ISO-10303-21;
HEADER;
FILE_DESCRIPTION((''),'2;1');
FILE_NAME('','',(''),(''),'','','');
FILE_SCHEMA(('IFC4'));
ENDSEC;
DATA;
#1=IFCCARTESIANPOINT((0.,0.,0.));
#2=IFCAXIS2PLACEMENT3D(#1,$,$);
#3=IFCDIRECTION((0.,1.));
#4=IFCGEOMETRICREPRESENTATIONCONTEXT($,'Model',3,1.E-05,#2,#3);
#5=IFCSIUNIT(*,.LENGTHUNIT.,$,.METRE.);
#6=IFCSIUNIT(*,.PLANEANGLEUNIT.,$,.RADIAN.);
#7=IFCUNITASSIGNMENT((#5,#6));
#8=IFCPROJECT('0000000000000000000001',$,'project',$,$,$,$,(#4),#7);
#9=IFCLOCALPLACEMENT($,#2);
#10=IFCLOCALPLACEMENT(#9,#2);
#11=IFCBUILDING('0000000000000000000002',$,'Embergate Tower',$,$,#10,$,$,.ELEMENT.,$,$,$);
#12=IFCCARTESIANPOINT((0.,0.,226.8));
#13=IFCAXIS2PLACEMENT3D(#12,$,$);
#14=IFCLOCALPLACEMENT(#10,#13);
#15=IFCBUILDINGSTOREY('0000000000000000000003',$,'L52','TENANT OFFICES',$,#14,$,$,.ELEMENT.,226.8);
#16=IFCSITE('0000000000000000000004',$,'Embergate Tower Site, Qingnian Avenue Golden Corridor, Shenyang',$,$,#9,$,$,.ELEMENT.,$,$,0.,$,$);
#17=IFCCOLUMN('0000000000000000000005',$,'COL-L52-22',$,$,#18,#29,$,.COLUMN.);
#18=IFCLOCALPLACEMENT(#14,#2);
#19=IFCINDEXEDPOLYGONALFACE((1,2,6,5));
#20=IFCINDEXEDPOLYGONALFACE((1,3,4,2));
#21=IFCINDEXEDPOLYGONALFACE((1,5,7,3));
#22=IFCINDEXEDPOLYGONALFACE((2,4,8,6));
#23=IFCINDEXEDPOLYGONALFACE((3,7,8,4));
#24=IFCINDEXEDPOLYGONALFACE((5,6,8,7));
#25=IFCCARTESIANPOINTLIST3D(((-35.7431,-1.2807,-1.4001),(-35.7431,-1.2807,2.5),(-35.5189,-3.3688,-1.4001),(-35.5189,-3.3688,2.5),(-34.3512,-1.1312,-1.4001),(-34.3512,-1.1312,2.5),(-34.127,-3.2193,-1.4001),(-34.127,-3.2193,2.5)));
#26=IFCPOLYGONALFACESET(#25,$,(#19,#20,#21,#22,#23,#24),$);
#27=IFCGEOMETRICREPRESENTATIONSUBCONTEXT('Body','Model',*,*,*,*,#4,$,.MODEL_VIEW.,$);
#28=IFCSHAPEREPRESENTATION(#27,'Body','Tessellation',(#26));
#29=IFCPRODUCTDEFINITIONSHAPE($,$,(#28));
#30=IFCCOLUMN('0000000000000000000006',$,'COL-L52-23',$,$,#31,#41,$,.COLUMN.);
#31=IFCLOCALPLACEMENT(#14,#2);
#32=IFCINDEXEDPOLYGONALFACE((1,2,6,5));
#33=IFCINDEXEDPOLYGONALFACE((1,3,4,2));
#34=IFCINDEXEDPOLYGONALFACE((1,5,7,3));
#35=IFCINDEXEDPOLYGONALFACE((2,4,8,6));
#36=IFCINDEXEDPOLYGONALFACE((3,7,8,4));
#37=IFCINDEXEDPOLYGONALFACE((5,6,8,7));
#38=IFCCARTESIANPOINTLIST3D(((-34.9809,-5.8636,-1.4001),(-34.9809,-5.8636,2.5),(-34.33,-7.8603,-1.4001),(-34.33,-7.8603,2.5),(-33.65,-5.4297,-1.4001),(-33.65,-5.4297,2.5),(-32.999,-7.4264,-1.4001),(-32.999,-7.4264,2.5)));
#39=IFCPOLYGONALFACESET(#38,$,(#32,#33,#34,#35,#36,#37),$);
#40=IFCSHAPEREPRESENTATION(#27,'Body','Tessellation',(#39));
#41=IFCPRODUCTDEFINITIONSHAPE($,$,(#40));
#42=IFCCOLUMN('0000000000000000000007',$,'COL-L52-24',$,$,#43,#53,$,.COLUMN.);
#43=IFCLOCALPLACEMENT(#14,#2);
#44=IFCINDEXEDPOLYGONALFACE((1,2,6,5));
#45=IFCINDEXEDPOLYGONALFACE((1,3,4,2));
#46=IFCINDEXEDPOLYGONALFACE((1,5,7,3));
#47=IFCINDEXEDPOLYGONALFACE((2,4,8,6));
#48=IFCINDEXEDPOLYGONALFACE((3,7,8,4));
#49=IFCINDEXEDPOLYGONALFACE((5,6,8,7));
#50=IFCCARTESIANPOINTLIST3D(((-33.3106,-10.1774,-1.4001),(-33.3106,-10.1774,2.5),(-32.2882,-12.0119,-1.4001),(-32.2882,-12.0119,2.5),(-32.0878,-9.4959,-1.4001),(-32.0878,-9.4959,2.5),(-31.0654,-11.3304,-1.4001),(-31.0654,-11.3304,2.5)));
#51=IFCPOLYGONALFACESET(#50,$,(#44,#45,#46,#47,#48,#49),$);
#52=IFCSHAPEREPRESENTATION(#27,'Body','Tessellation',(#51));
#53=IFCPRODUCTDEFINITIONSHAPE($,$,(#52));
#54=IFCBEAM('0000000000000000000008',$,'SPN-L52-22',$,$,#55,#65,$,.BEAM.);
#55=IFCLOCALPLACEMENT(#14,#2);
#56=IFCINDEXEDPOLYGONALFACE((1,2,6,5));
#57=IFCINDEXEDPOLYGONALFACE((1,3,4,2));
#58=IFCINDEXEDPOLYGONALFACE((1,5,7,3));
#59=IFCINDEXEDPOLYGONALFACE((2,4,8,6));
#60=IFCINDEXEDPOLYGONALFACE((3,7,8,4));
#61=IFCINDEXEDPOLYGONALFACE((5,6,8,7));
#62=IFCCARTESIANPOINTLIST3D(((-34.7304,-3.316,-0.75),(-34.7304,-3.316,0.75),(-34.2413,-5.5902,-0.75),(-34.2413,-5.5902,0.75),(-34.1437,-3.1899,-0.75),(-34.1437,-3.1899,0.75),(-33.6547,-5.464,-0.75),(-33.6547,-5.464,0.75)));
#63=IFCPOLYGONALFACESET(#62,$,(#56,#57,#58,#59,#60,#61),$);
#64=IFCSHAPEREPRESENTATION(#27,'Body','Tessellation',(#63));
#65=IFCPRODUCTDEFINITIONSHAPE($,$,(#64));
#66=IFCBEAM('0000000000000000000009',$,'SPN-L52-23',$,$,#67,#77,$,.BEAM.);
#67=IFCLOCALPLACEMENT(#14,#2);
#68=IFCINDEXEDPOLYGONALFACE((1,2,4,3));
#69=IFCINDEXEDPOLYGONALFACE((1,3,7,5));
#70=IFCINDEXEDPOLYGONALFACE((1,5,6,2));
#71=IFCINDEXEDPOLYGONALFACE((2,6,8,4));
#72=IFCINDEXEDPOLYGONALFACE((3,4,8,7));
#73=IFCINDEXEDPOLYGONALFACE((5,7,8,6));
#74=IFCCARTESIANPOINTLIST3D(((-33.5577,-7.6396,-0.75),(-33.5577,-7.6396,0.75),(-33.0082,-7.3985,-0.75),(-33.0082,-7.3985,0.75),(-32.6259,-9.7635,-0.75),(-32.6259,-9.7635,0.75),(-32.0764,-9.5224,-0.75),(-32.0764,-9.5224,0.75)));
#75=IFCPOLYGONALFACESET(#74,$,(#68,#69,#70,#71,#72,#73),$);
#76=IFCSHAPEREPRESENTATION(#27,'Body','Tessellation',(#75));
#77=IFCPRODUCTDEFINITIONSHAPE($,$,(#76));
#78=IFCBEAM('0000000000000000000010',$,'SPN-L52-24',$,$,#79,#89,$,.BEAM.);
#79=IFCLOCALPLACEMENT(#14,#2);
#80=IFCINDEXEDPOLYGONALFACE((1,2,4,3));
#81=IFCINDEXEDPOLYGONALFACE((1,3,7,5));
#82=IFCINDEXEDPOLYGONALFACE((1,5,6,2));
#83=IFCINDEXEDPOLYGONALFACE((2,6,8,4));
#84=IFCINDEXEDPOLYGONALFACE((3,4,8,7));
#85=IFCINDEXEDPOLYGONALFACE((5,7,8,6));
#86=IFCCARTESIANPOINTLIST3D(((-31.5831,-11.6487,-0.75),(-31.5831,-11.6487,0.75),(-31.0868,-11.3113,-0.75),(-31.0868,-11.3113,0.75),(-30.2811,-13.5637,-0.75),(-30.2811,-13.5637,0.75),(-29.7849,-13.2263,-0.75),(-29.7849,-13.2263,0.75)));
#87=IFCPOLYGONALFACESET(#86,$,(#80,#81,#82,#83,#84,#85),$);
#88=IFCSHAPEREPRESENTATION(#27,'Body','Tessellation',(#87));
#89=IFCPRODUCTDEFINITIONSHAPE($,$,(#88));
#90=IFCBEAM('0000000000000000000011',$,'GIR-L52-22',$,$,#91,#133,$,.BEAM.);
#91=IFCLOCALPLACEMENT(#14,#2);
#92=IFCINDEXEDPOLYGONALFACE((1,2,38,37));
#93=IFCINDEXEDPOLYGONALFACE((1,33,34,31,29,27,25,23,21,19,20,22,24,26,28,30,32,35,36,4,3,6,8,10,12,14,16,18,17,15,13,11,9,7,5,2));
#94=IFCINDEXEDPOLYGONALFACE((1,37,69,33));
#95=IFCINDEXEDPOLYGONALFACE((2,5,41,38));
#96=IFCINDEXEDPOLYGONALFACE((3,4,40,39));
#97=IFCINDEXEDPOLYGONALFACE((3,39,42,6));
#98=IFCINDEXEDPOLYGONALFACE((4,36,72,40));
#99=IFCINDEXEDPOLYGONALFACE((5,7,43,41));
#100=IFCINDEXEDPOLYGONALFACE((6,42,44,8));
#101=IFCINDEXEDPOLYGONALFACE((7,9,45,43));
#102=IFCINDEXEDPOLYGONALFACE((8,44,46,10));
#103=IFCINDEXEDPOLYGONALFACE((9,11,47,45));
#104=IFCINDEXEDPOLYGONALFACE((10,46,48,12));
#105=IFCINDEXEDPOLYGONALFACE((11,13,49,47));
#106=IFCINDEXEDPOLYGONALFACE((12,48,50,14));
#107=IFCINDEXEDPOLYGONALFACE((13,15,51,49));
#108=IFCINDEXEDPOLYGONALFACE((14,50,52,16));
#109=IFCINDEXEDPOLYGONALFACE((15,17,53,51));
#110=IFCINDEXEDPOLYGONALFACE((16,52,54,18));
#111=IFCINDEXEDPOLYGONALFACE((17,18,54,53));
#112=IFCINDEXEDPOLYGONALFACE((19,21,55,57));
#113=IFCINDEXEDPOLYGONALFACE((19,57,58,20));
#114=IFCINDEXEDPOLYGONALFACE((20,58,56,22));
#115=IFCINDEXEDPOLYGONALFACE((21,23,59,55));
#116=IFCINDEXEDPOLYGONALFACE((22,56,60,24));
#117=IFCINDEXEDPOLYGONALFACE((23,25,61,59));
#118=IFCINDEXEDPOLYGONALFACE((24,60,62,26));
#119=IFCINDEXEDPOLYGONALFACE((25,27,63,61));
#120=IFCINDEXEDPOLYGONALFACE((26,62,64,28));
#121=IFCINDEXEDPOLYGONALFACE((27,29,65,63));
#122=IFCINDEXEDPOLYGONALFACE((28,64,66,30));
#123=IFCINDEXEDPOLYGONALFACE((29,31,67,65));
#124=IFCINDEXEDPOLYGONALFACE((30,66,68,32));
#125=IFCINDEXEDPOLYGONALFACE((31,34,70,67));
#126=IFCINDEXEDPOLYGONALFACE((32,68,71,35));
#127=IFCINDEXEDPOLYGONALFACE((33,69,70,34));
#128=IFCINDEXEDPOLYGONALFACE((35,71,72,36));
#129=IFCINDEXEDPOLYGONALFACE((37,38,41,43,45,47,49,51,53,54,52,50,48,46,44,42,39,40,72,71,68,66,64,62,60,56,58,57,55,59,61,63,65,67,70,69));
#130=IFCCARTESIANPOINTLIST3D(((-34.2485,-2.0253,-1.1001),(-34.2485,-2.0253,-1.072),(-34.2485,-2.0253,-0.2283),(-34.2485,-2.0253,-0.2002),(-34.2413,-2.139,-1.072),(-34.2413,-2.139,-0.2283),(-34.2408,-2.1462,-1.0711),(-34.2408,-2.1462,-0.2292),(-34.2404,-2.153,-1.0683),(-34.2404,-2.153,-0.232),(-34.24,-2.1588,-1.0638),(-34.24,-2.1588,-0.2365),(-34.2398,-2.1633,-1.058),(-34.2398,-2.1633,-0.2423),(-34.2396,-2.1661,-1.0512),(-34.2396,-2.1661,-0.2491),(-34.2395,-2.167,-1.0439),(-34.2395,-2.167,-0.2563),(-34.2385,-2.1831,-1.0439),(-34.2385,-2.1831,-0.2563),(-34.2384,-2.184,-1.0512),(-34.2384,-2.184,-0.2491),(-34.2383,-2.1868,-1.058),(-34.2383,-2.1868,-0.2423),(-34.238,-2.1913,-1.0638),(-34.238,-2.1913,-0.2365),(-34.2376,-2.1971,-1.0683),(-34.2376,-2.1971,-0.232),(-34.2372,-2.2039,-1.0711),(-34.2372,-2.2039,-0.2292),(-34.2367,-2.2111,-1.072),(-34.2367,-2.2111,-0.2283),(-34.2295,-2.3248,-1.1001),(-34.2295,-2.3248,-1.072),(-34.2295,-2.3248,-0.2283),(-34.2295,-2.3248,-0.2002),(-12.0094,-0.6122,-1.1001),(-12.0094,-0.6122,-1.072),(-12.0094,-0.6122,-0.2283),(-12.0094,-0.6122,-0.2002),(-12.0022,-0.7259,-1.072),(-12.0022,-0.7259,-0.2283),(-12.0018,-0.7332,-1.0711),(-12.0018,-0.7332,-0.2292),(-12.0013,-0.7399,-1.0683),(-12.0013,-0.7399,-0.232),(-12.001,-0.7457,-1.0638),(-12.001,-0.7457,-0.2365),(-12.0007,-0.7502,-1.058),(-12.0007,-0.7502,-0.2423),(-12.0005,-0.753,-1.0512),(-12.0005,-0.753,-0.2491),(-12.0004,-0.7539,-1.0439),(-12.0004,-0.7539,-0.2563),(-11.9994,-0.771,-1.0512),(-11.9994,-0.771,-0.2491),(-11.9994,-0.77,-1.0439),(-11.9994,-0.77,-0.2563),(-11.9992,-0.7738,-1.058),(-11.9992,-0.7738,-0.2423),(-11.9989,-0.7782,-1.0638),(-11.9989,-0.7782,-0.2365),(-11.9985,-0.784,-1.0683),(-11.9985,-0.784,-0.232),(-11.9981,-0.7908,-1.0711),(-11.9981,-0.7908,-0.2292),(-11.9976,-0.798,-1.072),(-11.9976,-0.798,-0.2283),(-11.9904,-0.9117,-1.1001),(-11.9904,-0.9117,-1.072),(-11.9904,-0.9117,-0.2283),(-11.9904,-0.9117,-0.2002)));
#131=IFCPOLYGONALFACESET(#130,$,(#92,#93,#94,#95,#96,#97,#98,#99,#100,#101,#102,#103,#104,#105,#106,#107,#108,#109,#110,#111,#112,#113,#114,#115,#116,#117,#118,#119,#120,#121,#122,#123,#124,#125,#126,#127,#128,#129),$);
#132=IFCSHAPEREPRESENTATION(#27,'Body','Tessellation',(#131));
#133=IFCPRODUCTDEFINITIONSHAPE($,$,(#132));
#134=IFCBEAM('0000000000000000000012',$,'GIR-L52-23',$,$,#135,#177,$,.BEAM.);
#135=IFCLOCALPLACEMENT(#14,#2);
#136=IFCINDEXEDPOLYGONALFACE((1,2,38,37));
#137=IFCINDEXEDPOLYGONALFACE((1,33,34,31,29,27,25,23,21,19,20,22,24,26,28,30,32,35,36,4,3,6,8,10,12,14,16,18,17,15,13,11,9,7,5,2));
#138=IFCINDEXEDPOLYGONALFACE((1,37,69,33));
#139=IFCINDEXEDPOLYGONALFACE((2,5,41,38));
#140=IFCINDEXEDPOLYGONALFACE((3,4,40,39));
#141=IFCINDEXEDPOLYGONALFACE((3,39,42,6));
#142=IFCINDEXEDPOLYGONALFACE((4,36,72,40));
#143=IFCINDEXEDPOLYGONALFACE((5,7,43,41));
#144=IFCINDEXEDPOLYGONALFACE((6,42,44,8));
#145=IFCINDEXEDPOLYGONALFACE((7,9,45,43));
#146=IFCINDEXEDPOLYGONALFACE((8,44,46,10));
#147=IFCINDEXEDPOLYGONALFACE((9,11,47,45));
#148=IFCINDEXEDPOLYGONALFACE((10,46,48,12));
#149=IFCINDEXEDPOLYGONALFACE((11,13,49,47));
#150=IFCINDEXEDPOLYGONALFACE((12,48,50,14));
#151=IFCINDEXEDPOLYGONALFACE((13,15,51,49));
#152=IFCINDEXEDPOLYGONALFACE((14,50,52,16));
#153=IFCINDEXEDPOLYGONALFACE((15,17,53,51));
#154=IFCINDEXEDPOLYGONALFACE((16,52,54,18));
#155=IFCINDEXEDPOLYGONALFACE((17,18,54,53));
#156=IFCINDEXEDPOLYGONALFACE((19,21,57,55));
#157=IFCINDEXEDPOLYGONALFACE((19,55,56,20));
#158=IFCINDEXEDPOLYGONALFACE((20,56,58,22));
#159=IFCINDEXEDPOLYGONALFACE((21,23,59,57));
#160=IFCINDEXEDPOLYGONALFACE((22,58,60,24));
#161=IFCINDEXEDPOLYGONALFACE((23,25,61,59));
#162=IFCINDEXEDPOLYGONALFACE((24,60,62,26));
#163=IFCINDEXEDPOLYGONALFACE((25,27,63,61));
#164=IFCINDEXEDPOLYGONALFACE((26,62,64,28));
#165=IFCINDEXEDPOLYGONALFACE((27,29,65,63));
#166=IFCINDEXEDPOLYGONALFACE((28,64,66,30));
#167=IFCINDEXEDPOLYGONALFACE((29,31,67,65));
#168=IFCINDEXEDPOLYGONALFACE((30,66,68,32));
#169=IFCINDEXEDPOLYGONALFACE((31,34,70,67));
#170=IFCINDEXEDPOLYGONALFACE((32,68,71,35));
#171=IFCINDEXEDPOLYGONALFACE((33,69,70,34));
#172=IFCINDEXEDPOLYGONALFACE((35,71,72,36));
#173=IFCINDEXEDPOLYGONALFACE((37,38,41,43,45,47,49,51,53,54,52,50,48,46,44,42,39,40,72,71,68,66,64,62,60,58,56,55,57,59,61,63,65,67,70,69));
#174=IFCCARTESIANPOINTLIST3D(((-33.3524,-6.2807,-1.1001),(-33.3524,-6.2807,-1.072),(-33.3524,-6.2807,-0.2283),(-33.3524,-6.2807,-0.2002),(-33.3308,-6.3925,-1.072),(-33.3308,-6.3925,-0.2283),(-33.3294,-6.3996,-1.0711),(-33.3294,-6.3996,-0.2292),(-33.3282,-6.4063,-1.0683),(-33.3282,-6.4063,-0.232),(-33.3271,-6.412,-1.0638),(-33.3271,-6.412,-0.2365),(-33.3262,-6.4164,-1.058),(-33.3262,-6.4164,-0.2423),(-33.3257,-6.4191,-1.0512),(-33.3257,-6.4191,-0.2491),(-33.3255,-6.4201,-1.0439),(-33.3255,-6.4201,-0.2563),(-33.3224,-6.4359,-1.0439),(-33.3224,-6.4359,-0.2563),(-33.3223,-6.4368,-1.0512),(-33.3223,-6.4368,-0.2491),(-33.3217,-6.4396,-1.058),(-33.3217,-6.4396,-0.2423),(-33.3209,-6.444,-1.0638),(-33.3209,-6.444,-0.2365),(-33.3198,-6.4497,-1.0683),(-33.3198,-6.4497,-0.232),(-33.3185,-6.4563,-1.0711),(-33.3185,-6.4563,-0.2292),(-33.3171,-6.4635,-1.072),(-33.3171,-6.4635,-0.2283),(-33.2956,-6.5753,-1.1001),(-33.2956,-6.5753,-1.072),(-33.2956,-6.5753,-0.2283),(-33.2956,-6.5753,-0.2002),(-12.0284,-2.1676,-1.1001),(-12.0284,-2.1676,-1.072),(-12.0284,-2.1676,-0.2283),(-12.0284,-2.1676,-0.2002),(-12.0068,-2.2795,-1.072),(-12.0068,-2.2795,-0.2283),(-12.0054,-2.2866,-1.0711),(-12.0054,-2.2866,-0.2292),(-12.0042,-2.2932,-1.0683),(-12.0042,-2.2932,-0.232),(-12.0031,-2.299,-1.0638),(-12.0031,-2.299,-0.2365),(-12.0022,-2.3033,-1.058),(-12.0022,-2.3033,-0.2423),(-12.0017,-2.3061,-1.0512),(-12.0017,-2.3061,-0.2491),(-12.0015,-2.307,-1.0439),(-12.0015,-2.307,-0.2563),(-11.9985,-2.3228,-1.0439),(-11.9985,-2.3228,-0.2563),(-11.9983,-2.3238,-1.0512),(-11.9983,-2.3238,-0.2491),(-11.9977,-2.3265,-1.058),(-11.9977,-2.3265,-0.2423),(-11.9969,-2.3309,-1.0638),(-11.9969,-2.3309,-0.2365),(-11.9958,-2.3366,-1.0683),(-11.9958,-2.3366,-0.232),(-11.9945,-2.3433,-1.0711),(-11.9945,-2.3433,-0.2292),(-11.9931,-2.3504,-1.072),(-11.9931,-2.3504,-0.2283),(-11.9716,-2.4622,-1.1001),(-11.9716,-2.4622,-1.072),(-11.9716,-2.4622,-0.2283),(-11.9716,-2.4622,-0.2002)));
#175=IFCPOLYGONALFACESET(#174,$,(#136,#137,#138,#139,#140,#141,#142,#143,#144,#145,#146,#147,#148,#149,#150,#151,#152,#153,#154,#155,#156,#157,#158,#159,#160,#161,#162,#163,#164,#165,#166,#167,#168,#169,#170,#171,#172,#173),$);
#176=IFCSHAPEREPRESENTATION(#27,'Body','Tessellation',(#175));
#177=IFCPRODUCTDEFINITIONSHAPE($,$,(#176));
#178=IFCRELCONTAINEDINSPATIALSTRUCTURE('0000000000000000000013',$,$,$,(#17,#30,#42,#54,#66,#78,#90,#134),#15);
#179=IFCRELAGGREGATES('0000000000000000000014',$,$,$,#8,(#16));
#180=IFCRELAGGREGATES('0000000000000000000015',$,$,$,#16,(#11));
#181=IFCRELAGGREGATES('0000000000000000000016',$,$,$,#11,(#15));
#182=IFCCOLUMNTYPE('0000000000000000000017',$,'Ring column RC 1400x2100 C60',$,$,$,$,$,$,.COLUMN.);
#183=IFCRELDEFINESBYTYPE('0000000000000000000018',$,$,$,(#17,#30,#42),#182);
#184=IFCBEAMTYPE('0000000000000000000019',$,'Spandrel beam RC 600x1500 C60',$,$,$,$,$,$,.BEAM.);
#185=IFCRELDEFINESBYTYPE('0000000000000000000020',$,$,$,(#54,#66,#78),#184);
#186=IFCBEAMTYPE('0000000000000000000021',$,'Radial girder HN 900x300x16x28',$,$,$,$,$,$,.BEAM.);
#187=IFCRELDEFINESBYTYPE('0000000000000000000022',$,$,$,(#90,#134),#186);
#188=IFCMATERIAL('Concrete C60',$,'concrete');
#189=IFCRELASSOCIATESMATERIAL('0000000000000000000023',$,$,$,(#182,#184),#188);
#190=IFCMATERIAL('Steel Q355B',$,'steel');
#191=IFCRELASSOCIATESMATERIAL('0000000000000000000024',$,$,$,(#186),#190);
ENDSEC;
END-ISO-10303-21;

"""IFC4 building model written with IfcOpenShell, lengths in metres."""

from ifc_helpers import new_model, si_unit, direction, frame, origin, origin_2d, place, context, subcontext, project, spatial, rectangle, i_section, extrude, source, transform, mapped, material, material_profile, profile_set, type_object, element, save


model = new_model("IFC4")

# Units and contexts
model_context = context("Model", 3, precision=1e-05, world=origin(), true_north=direction((0.0, 1.0)))
body_context = subcontext(model_context, "Body", "Model", "MODEL_VIEW")
ifc_project = project(units=[si_unit("LENGTHUNIT", "METRE"), si_unit("PLANEANGLEUNIT", "RADIAN")], contexts=[model_context])

# Site, building, storey
site_placement = place(None, origin())
site = spatial("IfcSite", under=ifc_project, at=site_placement, Name="Embergate Tower Site, Qingnian Avenue Golden Corridor, Shenyang", CompositionType="ELEMENT", RefElevation=0.0)
building_placement = place(site_placement, origin())
building = spatial("IfcBuilding", under=site, at=building_placement, Name="Embergate Tower", CompositionType="ELEMENT")
storey_placement = place(building_placement, frame((0.0, 0.0, 226.8)))
storey = spatial("IfcBuildingStorey", under=building, at=storey_placement, Name="L52", Description="TENANT OFFICES", CompositionType="ELEMENT", Elevation=226.8)

# Columns
ifc_material_1 = material(Name="Concrete C60", Category="concrete")
ifc_material_profile_1 = material_profile(ifc_material_1, rectangle(XDim=1.3999, YDim=2.1001, at=origin_2d()), Name="RC 1400x2100")
ifc_profile_set_1 = profile_set([ifc_material_profile_1], Name="Concrete C60")
column_type = type_object("IfcColumnType", Name="Ring column RC 1400x2100 C60", PredefinedType="COLUMN", material=ifc_profile_set_1)
shared_shape_1 = source(origin(), body_context, "Body", "SweptSolid", [
    extrude(rectangle(XDim=1.3999, YDim=2.1001, at=origin_2d()), origin(), (0.0, 0.0, 1.0), 3.9001),
])
for number, where, z_axis, x_axis, name in (
    (1, (-34.9351, -2.25, -1.4001), (0.0, 0.0, 1.0), (-0.994286, -0.10675, 0.0), "COL-L52-22"),
    (2, (-33.99, -6.645, -1.4001), (0.0, 0.0, 1.0), (-0.950754, -0.309946, 0.0), "COL-L52-23"),
    (3, (-32.188, -10.7539, -1.4001), (0.0, 0.0, 1.0), (-0.8735, -0.486823, 0.0), "COL-L52-24"),
):
    element("IfcColumn", number, at=place(storey_placement, frame(where, z_axis=z_axis, x_axis=x_axis)), inside=storey, type_object=column_type, Name=name, PredefinedType="COLUMN", context=body_context, shape_type="MappedRepresentation", body=[
        mapped(shared_shape_1, transform((0.0, 0.0, 0.0))),
    ])

# Beams
ifc_material_profile_2 = material_profile(ifc_material_1, rectangle(XDim=0.6001, YDim=1.5, at=origin_2d()), Name="RC 600x1500")
ifc_profile_set_2 = profile_set([ifc_material_profile_2], Name="Concrete C60")
beam_type_1 = type_object("IfcBeamType", Name="Spandrel beam RC 600x1500 C60", PredefinedType="BEAM", material=ifc_profile_set_2)
shared_shape_2 = source(origin(), body_context, "Body", "SweptSolid", [
    extrude(rectangle(XDim=0.6001, YDim=1.5, at=origin_2d()), origin(), (0.0, 0.0, 1.0), 2.3262),
])
beam_1_placement = place(storey_placement, frame((-34.437, -3.2529, 0.0), z_axis=(0.210224, -0.977653, 0.0), x_axis=(0.977653, 0.210224, 0.0)))
element("IfcBeam", 4, at=beam_1_placement, inside=storey, type_object=beam_type_1, Name="SPN-L52-22", PredefinedType="BEAM", context=body_context, shape_type="MappedRepresentation", body=[
    mapped(shared_shape_2, transform((0.0, 0.0, 0.0))),
])
shared_shape_3 = source(origin(), body_context, "Body", "SweptSolid", [
    extrude(rectangle(XDim=0.6001, YDim=1.5, at=origin_2d()), origin(), (0.0, 0.0, 1.0), 2.3193),
])
beam_2_placement = place(storey_placement, frame((-33.283, -7.519, 0.0), z_axis=(0.401768, -0.915741, 0.0), x_axis=(0.915741, 0.401768, 0.0)))
element("IfcBeam", 5, at=beam_2_placement, inside=storey, type_object=beam_type_1, Name="SPN-L52-23", PredefinedType="BEAM", context=body_context, shape_type="MappedRepresentation", body=[
    mapped(shared_shape_3, transform((0.0, 0.0, 0.0))),
])
shared_shape_4 = source(origin(), body_context, "Body", "SweptSolid", [
    extrude(rectangle(XDim=0.6001, YDim=1.5, at=origin_2d()), origin(), (0.0, 0.0, 1.0), 2.3157),
])
beam_3_placement = place(storey_placement, frame((-31.335, -11.48, 0.0), z_axis=(0.562244, -0.826972, 0.0), x_axis=(0.826972, 0.562244, 0.0)))
element("IfcBeam", 6, at=beam_3_placement, inside=storey, type_object=beam_type_1, Name="SPN-L52-24", PredefinedType="BEAM", context=body_context, shape_type="MappedRepresentation", body=[
    mapped(shared_shape_4, transform((0.0, 0.0, 0.0))),
])
ifc_material_2 = material(Name="Steel Q355B", Category="steel")
ifc_material_profile_3 = material_profile(ifc_material_2, i_section(OverallWidth=0.3, OverallDepth=0.8999, WebThickness=0.0161, FlangeThickness=0.0281, FilletRadius=0.0281, at=origin_2d()), Name="HN 900x300x16x28")
ifc_profile_set_3 = profile_set([ifc_material_profile_3], Name="Steel Q355 grade B")
beam_type_2 = type_object("IfcBeamType", Name="Radial girder HN 900x300x16x28", PredefinedType="BEAM", material=ifc_profile_set_3)
shared_shape_5 = source(origin(), body_context, "Body", "SweptSolid", [
    extrude(i_section(OverallWidth=0.3, OverallDepth=0.8999, WebThickness=0.0161, FlangeThickness=0.0281, FilletRadius=0.0281, at=origin_2d()), origin(), (0.0, 0.0, 1.0), 22.2839),
])
beam_4_placement = place(storey_placement, frame((-34.239, -2.175, -0.6501), z_axis=(0.997987, 0.063413, 0.0), x_axis=(-0.063413, 0.997987, 0.0)))
element("IfcBeam", 7, at=beam_4_placement, inside=storey, type_object=beam_type_2, Name="GIR-L52-22", PredefinedType="BEAM", context=body_context, shape_type="MappedRepresentation", body=[
    mapped(shared_shape_5, transform((0.0, 0.0, 0.0))),
])
shared_shape_6 = source(origin(), body_context, "Body", "SweptSolid", [
    extrude(i_section(OverallWidth=0.3, OverallDepth=0.8999, WebThickness=0.0161, FlangeThickness=0.0281, FilletRadius=0.0281, at=origin_2d()), origin(), (0.0, 0.0, 1.0), 21.717),
])
beam_5_placement = place(storey_placement, frame((-33.324, -6.428, -0.6501), z_axis=(0.981901, 0.189392, 0.0), x_axis=(-0.189392, 0.981901, 0.0)))
element("IfcBeam", 8, at=beam_5_placement, inside=storey, type_object=beam_type_2, Name="GIR-L52-23", PredefinedType="BEAM", context=body_context, shape_type="MappedRepresentation", body=[
    mapped(shared_shape_6, transform((0.0, 0.0, 0.0))),
])

save(model, "model.ifc")
